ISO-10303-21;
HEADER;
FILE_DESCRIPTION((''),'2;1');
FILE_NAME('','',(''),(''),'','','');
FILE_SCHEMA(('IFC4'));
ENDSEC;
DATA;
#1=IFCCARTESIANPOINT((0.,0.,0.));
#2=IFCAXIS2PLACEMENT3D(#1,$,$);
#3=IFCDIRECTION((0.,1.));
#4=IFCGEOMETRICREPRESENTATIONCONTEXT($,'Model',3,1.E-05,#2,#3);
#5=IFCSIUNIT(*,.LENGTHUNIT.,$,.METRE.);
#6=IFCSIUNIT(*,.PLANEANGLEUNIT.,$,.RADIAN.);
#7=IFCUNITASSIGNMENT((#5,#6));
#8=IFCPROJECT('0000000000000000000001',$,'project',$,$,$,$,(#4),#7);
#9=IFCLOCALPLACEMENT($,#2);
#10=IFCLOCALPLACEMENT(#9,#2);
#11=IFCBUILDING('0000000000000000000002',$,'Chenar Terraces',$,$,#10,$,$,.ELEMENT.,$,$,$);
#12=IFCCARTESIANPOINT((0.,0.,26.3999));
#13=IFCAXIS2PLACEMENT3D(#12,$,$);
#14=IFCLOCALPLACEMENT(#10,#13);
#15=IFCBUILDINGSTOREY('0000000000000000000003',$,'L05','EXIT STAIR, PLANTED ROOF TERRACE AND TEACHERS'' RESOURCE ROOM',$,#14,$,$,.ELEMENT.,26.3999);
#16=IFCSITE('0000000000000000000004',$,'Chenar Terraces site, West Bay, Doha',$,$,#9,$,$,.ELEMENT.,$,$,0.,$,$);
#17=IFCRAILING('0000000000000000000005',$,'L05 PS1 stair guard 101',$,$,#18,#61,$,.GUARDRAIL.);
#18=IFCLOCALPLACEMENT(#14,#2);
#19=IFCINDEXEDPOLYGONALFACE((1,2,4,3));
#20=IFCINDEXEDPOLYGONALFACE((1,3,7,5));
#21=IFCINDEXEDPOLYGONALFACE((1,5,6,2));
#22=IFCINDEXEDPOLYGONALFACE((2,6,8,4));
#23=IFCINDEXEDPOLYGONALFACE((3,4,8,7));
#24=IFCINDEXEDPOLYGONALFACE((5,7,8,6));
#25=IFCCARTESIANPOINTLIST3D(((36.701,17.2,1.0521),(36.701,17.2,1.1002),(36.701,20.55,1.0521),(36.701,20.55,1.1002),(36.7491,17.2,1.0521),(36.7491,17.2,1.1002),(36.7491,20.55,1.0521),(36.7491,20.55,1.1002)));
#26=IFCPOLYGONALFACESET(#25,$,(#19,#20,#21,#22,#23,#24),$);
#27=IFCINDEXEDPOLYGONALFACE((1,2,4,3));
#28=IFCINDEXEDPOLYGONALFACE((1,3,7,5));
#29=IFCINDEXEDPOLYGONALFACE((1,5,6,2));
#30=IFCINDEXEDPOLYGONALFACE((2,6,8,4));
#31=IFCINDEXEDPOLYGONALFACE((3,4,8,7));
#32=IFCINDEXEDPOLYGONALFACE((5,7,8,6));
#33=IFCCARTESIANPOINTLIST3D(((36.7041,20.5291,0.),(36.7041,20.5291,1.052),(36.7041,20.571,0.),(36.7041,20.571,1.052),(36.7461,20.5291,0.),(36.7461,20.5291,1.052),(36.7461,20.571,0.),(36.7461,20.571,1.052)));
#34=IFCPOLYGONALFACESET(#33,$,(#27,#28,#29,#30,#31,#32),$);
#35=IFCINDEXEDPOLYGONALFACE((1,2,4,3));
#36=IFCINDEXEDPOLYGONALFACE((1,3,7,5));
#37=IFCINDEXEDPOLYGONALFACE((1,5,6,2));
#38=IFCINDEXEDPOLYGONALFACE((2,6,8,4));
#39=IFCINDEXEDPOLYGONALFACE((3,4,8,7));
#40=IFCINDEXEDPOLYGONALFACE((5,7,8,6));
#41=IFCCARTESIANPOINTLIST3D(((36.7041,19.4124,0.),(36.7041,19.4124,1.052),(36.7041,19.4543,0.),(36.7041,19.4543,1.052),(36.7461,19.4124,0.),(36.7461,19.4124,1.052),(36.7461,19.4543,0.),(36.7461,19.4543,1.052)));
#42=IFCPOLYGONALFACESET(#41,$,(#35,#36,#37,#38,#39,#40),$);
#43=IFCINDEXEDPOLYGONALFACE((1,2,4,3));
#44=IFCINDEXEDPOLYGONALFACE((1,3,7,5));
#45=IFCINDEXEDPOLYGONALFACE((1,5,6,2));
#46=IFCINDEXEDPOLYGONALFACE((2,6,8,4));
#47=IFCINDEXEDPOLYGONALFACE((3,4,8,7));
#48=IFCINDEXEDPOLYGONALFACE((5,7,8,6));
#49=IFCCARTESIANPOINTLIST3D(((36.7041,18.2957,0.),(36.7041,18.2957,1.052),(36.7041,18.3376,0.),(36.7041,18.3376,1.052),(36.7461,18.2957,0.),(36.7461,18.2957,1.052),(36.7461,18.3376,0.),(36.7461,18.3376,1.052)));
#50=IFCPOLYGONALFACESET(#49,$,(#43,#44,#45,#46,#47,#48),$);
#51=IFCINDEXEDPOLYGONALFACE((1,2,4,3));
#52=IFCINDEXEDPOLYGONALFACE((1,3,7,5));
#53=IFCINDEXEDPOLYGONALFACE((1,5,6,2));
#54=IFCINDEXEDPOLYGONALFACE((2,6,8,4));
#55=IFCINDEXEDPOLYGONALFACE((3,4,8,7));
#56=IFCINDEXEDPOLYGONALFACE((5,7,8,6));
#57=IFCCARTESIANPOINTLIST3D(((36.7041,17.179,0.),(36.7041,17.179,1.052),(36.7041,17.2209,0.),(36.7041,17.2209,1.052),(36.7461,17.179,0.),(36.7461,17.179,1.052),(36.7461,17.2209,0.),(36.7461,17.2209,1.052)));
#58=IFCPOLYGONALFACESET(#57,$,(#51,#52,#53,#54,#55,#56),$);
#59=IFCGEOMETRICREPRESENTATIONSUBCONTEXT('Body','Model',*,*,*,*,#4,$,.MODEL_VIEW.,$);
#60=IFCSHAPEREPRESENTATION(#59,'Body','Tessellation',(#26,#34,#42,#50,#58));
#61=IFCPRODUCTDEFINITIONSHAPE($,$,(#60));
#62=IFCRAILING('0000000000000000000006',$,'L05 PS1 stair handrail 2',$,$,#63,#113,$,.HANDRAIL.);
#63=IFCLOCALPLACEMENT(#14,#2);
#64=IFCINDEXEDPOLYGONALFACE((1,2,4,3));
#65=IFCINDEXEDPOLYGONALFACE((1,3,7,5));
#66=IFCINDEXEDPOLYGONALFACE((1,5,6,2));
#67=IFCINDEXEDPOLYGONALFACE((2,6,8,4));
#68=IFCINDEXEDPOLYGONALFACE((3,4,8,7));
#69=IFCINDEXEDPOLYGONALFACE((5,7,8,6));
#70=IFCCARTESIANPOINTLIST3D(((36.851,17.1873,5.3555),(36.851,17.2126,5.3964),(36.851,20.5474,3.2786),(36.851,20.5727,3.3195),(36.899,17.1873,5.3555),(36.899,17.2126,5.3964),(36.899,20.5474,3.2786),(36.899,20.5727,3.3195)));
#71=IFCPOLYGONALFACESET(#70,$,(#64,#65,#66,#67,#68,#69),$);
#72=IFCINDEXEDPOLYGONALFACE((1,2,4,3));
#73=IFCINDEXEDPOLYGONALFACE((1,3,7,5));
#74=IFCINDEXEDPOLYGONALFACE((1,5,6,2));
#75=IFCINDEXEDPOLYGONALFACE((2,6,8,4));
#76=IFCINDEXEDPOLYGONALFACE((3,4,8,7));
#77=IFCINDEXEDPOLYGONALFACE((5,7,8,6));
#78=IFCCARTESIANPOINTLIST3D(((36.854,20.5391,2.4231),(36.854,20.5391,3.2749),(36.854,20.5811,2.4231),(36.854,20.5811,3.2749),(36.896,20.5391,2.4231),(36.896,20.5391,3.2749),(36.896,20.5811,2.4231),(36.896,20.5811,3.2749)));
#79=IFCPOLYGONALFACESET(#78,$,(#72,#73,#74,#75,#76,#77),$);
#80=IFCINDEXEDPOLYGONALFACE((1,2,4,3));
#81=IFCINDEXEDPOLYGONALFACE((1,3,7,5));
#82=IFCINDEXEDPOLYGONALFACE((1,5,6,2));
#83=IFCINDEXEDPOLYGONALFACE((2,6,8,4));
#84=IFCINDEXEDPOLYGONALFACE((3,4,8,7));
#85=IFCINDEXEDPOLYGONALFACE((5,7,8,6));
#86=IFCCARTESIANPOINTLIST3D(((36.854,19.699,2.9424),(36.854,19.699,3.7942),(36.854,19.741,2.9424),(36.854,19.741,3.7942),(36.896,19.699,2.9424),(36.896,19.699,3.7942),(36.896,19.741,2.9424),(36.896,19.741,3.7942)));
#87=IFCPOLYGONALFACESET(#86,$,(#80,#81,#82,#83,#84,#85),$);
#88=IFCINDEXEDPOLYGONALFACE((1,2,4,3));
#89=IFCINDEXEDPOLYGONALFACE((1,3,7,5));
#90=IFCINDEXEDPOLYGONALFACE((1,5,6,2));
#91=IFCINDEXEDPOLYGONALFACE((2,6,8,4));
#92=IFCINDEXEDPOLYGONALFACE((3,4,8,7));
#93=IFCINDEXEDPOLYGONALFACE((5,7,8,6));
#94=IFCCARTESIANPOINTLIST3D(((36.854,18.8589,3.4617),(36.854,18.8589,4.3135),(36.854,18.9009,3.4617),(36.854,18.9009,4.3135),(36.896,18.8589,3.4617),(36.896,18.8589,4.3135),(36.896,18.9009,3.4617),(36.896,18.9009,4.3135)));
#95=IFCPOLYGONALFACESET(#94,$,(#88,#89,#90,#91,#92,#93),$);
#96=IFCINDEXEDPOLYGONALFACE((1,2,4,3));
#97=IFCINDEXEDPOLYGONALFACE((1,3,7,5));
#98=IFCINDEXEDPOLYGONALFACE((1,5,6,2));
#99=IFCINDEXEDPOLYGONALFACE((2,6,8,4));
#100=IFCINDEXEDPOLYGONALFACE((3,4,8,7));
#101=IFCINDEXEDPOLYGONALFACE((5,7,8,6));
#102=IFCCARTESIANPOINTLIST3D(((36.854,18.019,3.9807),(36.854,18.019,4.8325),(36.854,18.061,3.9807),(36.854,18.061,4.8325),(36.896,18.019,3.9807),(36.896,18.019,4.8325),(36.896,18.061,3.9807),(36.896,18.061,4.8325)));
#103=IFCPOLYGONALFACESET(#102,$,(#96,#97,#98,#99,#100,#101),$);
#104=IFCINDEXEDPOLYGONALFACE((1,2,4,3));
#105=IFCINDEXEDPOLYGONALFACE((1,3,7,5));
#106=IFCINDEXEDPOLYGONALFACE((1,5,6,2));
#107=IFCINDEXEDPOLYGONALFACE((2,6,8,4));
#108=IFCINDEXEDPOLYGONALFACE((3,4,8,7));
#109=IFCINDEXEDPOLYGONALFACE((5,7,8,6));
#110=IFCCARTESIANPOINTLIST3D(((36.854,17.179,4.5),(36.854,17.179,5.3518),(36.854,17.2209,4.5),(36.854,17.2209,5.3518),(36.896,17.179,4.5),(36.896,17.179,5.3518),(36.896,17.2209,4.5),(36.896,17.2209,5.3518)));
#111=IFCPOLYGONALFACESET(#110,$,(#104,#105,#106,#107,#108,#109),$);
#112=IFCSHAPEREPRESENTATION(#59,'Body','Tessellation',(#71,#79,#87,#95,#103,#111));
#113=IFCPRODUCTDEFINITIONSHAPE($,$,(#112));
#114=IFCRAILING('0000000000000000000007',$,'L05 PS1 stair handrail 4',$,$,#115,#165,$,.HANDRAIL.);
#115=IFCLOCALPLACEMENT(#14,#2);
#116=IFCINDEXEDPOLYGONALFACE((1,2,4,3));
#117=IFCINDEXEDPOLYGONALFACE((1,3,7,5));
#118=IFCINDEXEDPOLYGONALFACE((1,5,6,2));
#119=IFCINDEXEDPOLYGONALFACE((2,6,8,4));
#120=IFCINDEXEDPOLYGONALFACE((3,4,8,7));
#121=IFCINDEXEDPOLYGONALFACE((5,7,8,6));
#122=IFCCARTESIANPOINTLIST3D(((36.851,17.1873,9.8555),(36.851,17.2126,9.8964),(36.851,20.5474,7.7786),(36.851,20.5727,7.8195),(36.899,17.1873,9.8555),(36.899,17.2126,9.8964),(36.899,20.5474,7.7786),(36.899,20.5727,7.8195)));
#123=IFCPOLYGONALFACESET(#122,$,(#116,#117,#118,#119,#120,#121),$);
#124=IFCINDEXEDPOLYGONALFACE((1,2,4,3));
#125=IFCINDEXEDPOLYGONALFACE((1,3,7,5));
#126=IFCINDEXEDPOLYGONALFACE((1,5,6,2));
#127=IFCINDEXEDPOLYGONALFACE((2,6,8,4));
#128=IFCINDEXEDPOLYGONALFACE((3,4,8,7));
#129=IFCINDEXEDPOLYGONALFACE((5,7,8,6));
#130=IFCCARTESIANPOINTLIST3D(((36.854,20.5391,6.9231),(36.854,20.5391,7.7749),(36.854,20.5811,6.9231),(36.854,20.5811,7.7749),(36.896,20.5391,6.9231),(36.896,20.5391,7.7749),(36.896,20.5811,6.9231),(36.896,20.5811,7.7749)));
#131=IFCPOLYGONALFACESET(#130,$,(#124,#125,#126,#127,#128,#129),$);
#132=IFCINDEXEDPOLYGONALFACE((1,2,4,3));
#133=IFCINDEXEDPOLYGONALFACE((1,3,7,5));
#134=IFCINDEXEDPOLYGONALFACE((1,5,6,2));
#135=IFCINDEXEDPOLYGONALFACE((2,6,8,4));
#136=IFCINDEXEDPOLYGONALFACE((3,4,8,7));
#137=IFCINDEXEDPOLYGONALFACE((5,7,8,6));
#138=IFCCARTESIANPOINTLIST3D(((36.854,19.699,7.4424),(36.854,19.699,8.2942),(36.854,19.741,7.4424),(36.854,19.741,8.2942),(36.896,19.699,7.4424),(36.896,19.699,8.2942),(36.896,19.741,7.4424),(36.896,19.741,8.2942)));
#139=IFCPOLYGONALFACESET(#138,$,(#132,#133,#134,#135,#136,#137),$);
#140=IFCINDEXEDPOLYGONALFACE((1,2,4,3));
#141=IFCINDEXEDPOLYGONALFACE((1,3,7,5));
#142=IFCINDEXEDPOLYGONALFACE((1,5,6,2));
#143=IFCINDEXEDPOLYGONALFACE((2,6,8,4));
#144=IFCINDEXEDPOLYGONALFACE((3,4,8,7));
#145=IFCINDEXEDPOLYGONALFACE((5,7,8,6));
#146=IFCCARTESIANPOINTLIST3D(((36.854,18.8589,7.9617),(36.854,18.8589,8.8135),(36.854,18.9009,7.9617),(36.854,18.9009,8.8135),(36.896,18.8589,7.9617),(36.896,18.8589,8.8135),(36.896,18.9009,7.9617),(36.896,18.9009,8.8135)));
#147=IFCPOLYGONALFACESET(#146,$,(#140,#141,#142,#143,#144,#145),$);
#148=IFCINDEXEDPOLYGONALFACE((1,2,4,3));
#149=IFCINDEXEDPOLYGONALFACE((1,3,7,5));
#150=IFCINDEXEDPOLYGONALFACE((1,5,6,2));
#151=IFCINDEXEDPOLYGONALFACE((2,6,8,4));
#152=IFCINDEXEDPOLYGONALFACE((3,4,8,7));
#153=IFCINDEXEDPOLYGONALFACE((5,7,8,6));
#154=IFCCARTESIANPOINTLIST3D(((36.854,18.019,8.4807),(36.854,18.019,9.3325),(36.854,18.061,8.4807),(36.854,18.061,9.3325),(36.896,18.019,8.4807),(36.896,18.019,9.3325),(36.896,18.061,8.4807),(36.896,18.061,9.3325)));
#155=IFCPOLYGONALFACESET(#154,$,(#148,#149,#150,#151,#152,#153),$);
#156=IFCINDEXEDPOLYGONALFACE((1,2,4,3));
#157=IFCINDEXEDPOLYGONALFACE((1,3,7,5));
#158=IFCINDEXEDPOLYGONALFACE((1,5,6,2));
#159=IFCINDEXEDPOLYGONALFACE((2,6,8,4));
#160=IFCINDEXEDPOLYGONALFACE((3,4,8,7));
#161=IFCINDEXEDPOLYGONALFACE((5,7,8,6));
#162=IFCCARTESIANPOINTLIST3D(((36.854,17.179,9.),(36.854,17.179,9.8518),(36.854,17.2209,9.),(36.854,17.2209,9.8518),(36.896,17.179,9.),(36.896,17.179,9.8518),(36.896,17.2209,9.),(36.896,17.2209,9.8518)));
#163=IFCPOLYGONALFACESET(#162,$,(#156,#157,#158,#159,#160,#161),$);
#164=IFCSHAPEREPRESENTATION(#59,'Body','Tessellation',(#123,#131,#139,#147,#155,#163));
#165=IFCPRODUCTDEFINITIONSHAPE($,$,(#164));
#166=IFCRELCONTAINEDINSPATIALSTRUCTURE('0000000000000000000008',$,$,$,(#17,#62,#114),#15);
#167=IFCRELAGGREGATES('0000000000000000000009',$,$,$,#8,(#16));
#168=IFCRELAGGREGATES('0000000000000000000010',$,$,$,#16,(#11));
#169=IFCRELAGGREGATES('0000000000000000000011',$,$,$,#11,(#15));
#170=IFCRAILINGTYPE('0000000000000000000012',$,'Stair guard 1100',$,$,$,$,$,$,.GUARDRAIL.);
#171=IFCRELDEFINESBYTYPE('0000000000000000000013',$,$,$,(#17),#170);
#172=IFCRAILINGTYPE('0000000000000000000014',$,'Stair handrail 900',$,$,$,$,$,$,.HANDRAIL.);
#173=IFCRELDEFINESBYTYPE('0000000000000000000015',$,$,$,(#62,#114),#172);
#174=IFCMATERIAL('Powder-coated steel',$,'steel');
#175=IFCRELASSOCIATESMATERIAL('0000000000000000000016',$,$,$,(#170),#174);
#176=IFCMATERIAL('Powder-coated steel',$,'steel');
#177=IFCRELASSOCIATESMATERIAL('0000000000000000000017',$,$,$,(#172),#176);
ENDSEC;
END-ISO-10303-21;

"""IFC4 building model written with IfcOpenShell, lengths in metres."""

from ifc_helpers import new_model, si_unit, direction, frame, origin, origin_2d, place, context, subcontext, project, spatial, rectangle, extrude, material, type_object, element, save


model = new_model("IFC4")

# Units and contexts
model_context = context("Model", 3, precision=1e-05, world=origin(), true_north=direction((0.0, 1.0)))
body_context = subcontext(model_context, "Body", "Model", "MODEL_VIEW")
ifc_project = project(units=[si_unit("LENGTHUNIT", "METRE"), si_unit("PLANEANGLEUNIT", "RADIAN")], contexts=[model_context])

# Site, building, storey
site_placement = place(None, origin())
site = spatial("IfcSite", under=ifc_project, at=site_placement, Name="Chenar Terraces site, West Bay, Doha", CompositionType="ELEMENT", RefElevation=0.0)
building_placement = place(site_placement, origin())
building = spatial("IfcBuilding", under=site, at=building_placement, Name="Chenar Terraces", CompositionType="ELEMENT")
storey_placement = place(building_placement, frame((0.0, 0.0, 26.3999)))
storey = spatial("IfcBuildingStorey", under=building, at=storey_placement, Name="L05", Description="EXIT STAIR, PLANTED ROOF TERRACE AND TEACHERS' RESOURCE ROOM", CompositionType="ELEMENT", Elevation=26.3999)

# Railings
ifc_material_1 = material(Name="Powder-coated steel", Category="steel")
railing_type_1 = type_object("IfcRailingType", Name="Stair guard 1100", PredefinedType="GUARDRAIL", material=ifc_material_1)
railing_1_placement = place(storey_placement, frame((36.7251, 20.55, 0.0)))
element("IfcRailing", 1, at=railing_1_placement, inside=storey, type_object=railing_type_1, Name="L05 PS1 stair guard 101", PredefinedType="GUARDRAIL", context=body_context, shape_type="SweptSolid", body=[
    extrude(rectangle(XDim=0.0481, YDim=0.0481, at=origin_2d()), frame((0.0, 0.0, 1.0762), z_axis=(0.0, -1.0, 0.0), x_axis=(1.0, 0.0, 0.0)), (0.0, 0.0, 1.0), 3.3501),
    extrude(rectangle(XDim=0.042, YDim=0.042, at=origin_2d()), origin(), (0.0, 0.0, 1.0), 1.052),
    extrude(rectangle(XDim=0.042, YDim=0.042, at=origin_2d()), frame((0.0, -1.1167, 0.0)), (0.0, 0.0, 1.0), 1.052),
    extrude(rectangle(XDim=0.042, YDim=0.042, at=origin_2d()), frame((0.0, -2.2334, 0.0)), (0.0, 0.0, 1.0), 1.052),
    extrude(rectangle(XDim=0.042, YDim=0.042, at=origin_2d()), frame((0.0, -3.3501, 0.0)), (0.0, 0.0, 1.0), 1.052),
])
ifc_material_2 = material(Name="Powder-coated steel", Category="steel")
railing_type_2 = type_object("IfcRailingType", Name="Stair handrail 900", PredefinedType="HANDRAIL", material=ifc_material_2)
for number, where, name in (
    (2, (36.875, 20.5601, 2.4231), "L05 PS1 stair handrail 2"),
    (3, (36.875, 20.5601, 6.9231), "L05 PS1 stair handrail 4"),
):
    element("IfcRailing", number, at=place(storey_placement, frame(where)), inside=storey, type_object=railing_type_2, Name=name, PredefinedType="HANDRAIL", context=body_context, shape_type="SweptSolid", body=[
        extrude(rectangle(XDim=0.0481, YDim=0.0481, at=origin_2d()), frame((0.0, 0.0, 0.876), z_axis=(0.0, -0.850623, 0.525776), x_axis=(1.0, 0.0, 0.0)), (0.0, 0.0, 1.0), 3.9502),
        extrude(rectangle(XDim=0.042, YDim=0.042, at=origin_2d()), origin(), (0.0, 0.0, 1.0), 0.8518),
        extrude(rectangle(XDim=0.042, YDim=0.042, at=origin_2d()), frame((0.0, -0.8401, 0.5193)), (0.0, 0.0, 1.0), 0.8518),
        extrude(rectangle(XDim=0.042, YDim=0.042, at=origin_2d()), frame((0.0, -1.6802, 1.0386)), (0.0, 0.0, 1.0), 0.8518),
        extrude(rectangle(XDim=0.042, YDim=0.042, at=origin_2d()), frame((0.0, -2.52, 1.5576)), (0.0, 0.0, 1.0), 0.8518),
        extrude(rectangle(XDim=0.042, YDim=0.042, at=origin_2d()), frame((0.0, -3.3601, 2.0769)), (0.0, 0.0, 1.0), 0.8518),
    ])

save(model, "model.ifc")
